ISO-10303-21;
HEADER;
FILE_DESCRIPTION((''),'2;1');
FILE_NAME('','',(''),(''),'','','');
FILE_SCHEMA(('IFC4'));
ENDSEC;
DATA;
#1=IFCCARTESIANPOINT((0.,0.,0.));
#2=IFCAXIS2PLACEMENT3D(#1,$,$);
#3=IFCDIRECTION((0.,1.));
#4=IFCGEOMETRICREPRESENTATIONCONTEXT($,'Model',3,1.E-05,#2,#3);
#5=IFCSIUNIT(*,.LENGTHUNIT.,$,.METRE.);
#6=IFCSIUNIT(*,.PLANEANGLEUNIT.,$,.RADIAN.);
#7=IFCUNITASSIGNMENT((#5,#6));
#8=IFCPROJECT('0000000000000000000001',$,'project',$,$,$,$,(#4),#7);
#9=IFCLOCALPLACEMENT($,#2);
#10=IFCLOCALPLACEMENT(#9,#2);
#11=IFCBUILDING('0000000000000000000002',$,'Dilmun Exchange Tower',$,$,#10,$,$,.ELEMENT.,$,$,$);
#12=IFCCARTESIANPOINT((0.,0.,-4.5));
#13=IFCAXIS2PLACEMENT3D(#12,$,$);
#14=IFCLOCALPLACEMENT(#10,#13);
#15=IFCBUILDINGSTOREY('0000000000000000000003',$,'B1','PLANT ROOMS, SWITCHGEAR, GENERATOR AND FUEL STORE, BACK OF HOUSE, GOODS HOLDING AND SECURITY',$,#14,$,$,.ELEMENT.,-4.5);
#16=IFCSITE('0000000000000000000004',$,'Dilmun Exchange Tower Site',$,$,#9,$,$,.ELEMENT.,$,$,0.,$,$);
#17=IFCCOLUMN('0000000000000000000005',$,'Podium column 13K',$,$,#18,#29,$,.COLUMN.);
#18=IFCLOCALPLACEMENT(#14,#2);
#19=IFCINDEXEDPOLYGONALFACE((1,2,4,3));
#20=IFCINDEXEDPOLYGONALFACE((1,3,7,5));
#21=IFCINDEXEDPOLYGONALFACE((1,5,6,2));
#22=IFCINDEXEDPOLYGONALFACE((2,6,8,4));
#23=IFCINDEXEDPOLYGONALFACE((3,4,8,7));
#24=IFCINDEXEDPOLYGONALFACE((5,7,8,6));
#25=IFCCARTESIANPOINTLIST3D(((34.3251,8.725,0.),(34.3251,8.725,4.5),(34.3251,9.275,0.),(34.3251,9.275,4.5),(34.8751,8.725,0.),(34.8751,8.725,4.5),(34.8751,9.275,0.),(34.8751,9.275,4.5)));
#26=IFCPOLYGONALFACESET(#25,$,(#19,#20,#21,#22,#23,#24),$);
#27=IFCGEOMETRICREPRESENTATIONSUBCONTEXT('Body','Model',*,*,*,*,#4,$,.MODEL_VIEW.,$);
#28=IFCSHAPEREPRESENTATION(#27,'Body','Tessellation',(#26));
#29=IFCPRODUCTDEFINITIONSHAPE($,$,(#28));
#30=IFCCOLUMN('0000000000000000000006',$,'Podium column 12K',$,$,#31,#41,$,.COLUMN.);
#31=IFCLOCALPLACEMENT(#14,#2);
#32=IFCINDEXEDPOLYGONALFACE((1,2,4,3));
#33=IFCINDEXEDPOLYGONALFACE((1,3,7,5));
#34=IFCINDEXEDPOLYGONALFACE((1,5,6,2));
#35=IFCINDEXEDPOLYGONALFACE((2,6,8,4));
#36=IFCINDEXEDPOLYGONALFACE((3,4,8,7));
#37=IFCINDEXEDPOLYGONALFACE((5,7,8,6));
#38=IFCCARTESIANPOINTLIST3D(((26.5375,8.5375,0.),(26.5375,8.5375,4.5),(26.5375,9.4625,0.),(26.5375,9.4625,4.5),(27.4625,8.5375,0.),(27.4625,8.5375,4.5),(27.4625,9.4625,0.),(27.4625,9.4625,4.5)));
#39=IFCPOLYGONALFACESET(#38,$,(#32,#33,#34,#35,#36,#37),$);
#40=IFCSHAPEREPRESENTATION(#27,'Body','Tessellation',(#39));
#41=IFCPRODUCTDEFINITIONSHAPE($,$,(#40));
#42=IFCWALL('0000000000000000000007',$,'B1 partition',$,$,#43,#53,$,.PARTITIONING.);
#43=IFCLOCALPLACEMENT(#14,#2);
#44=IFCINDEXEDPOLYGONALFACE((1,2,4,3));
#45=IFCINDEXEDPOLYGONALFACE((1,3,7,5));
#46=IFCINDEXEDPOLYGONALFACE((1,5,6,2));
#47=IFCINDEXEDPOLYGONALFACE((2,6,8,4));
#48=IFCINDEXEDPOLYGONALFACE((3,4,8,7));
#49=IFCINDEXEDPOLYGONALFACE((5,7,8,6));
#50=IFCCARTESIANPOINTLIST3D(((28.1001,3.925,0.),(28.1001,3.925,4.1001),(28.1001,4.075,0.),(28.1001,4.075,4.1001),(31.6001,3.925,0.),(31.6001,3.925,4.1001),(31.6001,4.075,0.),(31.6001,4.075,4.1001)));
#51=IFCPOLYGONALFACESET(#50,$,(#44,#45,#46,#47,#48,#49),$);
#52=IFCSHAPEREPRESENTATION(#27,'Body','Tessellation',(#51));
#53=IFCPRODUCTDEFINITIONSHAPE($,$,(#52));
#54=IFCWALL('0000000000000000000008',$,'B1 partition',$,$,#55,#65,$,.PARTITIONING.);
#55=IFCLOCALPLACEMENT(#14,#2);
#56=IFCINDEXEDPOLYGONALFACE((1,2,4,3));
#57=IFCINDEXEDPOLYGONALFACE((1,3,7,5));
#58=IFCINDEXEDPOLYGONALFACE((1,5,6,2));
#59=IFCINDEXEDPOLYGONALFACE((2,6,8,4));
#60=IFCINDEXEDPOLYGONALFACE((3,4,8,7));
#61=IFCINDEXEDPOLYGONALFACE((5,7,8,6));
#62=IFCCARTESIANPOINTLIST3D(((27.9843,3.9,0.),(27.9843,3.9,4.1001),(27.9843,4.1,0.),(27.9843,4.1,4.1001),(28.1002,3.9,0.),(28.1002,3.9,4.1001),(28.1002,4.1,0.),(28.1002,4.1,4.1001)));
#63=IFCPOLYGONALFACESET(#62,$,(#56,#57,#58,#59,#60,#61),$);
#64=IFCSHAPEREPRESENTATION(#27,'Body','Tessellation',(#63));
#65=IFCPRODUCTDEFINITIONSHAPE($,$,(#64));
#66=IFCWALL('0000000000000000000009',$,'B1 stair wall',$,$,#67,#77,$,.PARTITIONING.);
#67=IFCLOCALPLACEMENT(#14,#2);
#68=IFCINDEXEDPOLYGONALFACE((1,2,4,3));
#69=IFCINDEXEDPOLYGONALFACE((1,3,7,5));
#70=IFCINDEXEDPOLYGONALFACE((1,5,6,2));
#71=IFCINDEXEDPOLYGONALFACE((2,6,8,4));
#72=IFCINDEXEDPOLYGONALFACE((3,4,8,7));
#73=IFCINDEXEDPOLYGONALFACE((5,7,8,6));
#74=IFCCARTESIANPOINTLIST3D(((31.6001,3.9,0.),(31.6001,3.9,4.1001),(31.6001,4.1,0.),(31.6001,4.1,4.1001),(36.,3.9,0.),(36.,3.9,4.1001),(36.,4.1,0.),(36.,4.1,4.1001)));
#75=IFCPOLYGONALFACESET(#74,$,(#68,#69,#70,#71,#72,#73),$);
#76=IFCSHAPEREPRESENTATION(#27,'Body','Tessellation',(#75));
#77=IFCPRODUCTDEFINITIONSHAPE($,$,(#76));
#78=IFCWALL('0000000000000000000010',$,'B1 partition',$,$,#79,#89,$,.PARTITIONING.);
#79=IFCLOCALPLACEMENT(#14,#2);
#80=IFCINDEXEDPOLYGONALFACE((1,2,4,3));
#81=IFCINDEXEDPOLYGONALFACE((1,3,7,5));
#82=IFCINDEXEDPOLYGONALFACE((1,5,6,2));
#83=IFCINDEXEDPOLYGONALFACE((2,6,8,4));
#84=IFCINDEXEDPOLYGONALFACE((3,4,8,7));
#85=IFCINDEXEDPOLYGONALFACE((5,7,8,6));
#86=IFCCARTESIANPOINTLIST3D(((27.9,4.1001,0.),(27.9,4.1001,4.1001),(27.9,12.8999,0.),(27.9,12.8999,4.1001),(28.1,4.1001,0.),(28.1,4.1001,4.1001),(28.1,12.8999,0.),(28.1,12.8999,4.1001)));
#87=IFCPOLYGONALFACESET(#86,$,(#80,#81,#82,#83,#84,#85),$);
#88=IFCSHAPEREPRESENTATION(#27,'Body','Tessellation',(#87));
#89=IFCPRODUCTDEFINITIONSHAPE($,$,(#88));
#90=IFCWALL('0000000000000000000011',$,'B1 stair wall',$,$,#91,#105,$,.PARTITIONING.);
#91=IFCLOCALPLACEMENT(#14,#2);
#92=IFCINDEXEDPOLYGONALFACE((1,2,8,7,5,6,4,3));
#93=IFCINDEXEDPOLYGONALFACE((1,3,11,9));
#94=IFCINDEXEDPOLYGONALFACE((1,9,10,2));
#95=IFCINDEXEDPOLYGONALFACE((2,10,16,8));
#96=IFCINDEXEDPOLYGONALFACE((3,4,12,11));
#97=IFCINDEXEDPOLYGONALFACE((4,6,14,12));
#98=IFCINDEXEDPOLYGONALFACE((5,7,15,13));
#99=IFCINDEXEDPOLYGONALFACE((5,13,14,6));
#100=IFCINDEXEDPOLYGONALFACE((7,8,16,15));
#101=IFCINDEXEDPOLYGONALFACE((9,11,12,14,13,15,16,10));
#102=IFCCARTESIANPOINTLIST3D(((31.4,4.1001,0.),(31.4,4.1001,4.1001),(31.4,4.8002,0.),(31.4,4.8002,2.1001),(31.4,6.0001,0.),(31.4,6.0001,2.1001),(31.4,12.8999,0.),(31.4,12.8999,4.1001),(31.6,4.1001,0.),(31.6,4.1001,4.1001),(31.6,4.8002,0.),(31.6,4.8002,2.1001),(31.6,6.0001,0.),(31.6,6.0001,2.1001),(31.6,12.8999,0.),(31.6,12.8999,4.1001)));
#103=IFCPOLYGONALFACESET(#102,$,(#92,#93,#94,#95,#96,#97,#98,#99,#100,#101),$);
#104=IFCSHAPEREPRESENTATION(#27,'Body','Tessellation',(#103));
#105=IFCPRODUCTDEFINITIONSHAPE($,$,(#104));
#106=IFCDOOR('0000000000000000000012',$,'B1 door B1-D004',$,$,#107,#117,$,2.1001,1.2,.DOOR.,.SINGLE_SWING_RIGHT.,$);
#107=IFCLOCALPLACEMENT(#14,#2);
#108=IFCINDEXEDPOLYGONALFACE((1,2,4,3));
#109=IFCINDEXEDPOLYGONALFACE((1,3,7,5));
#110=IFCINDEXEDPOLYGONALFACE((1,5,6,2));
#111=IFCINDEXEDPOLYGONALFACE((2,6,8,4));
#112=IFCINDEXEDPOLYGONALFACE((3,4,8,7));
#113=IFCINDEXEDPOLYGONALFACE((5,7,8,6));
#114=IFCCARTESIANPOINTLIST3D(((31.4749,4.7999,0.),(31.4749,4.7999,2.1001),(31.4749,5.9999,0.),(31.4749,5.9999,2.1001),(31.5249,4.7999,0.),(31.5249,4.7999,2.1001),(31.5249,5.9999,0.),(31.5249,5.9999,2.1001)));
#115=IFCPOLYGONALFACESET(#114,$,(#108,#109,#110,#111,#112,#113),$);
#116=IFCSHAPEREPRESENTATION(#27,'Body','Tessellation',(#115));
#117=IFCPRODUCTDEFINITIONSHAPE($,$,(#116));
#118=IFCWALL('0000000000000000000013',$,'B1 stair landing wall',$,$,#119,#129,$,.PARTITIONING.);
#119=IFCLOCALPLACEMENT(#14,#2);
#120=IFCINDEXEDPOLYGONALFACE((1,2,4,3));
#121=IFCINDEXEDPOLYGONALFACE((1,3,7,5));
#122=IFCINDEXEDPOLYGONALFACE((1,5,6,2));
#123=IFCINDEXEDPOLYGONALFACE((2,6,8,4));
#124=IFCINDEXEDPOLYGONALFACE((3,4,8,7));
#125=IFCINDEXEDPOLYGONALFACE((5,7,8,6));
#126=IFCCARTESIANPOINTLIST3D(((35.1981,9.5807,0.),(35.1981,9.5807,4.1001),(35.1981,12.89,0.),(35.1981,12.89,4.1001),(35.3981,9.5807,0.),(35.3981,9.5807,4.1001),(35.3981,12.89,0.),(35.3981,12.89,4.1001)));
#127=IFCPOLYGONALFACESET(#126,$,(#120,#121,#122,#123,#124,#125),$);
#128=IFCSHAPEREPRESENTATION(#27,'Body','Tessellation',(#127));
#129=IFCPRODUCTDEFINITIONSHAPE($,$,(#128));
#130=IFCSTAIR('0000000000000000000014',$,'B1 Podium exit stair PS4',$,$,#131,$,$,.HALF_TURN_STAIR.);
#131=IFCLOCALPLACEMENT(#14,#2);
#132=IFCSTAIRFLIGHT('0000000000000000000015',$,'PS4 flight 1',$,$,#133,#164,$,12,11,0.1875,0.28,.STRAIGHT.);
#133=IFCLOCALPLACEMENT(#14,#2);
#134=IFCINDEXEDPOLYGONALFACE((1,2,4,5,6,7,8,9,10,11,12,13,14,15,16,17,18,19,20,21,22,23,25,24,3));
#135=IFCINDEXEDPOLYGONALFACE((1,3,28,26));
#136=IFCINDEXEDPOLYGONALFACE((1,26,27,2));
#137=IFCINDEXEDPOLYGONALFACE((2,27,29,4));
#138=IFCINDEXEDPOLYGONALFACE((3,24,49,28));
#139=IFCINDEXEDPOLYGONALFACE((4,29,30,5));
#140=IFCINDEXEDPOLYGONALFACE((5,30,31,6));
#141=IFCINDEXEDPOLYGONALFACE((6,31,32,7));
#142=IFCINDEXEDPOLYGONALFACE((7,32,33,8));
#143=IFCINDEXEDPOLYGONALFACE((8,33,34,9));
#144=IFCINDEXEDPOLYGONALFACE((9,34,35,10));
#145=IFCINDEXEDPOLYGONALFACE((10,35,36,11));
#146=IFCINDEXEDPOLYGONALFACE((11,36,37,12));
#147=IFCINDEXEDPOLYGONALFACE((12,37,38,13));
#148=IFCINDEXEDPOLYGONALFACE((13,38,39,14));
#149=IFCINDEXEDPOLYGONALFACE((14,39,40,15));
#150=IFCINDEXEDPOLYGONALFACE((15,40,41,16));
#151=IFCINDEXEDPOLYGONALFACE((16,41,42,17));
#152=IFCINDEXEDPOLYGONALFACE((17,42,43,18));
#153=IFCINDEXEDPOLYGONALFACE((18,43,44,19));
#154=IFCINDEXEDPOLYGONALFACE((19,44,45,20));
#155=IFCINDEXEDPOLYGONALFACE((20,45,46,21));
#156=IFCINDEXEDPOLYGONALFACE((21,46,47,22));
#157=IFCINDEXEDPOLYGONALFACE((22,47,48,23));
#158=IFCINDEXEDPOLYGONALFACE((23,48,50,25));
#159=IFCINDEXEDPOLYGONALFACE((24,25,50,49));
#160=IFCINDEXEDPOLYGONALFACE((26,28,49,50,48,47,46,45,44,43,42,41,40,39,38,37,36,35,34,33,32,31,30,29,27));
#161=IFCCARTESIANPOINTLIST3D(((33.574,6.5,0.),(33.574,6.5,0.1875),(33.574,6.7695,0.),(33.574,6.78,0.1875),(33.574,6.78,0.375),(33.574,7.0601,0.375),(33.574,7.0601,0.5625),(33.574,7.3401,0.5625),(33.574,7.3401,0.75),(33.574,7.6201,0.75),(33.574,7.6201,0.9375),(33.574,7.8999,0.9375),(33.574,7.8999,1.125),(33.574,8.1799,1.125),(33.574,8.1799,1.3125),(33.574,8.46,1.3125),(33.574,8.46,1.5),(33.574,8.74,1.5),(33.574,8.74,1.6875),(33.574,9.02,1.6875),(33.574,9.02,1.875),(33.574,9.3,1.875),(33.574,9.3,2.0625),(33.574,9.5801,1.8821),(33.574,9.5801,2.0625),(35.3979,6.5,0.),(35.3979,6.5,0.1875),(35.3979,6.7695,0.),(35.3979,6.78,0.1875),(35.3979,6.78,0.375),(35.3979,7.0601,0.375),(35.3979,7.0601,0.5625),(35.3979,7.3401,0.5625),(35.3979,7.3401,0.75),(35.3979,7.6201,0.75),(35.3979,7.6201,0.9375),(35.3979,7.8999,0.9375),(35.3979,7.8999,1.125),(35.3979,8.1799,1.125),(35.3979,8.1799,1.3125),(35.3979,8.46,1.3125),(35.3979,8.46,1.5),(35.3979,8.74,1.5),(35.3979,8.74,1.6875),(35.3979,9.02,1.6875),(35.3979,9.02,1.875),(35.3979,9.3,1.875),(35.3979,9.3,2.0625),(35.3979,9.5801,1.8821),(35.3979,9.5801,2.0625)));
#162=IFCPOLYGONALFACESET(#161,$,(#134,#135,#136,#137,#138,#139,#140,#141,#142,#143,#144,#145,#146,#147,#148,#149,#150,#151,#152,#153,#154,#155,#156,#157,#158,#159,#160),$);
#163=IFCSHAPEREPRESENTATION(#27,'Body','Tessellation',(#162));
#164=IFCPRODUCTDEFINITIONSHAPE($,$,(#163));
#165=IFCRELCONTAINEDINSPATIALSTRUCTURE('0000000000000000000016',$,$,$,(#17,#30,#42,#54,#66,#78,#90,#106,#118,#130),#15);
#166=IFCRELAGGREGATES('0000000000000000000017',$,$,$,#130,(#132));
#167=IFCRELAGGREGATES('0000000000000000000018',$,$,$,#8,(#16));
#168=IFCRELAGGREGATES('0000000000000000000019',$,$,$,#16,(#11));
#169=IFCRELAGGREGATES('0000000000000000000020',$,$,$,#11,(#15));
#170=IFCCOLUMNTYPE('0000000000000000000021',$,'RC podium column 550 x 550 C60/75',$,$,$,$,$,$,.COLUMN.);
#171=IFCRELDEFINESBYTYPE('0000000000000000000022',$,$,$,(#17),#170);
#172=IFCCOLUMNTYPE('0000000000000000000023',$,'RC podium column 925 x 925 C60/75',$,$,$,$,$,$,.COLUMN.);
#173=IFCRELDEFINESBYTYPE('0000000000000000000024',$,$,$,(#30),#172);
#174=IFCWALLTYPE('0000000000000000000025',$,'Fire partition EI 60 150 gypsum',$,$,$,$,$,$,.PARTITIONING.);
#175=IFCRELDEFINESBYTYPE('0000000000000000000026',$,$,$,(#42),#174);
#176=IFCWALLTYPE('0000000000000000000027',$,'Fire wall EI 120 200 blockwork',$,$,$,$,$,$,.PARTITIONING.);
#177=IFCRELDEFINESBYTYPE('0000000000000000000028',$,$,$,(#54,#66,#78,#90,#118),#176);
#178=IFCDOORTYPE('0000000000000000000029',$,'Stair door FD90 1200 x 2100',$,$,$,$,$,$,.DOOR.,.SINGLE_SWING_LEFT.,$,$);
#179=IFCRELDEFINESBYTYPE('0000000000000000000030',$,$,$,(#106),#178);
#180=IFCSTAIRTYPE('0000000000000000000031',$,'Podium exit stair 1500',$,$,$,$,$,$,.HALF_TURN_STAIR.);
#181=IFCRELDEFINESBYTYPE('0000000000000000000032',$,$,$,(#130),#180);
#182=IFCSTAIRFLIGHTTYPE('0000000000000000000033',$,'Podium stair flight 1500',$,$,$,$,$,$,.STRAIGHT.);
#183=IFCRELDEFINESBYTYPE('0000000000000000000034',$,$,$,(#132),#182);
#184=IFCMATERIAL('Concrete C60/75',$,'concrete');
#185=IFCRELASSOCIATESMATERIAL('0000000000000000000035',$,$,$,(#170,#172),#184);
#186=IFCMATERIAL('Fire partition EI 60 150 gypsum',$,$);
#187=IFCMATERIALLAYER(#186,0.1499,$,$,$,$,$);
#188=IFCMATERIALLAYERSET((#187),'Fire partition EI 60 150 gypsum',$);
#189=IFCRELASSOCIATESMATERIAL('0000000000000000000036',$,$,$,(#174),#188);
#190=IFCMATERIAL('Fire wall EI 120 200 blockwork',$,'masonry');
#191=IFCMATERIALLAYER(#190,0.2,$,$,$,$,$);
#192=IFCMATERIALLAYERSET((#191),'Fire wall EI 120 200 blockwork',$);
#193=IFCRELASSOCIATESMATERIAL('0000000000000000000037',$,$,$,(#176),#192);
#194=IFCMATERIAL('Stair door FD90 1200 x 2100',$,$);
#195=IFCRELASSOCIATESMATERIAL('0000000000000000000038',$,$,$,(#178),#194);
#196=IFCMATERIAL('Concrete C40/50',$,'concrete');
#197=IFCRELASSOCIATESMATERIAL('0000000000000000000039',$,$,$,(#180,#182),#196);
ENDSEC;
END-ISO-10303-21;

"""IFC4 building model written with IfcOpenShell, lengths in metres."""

from ifc_helpers import new_model, si_unit, direction, frame, frame_2d, origin, origin_2d, place, context, subcontext, project, spatial, polyline, rectangle, outline, extrude, material, layer, layer_set, material_profile, profile_set, type_object, element, fill, aggregate, save


model = new_model("IFC4")

# Units and contexts
model_context = context("Model", 3, precision=1e-05, world=origin(), true_north=direction((0.0, 1.0)))
body_context = subcontext(model_context, "Body", "Model", "MODEL_VIEW")
ifc_project = project(units=[si_unit("LENGTHUNIT", "METRE"), si_unit("PLANEANGLEUNIT", "RADIAN")], contexts=[model_context])

# Site, building, storey
site_placement = place(None, origin())
site = spatial("IfcSite", under=ifc_project, at=site_placement, Name="Dilmun Exchange Tower Site", CompositionType="ELEMENT", RefElevation=0.0)
building_placement = place(site_placement, origin())
building = spatial("IfcBuilding", under=site, at=building_placement, Name="Dilmun Exchange Tower", CompositionType="ELEMENT")
storey_placement = place(building_placement, frame((0.0, 0.0, -4.5)))
storey = spatial("IfcBuildingStorey", under=building, at=storey_placement, Name="B1", Description="PLANT ROOMS, SWITCHGEAR, GENERATOR AND FUEL STORE, BACK OF HOUSE, GOODS HOLDING AND SECURITY", CompositionType="ELEMENT", Elevation=-4.5)

# Columns
ifc_material_1 = material(Name="Concrete C60/75", Category="concrete")
ifc_material_profile_1 = material_profile(ifc_material_1, rectangle(XDim=0.55, YDim=0.55, at=origin_2d()), Name="550 x 550")
ifc_profile_set_1 = profile_set([ifc_material_profile_1], Name="Concrete C60/75")
column_type_1 = type_object("IfcColumnType", Name="RC podium column 550 x 550 C60/75", PredefinedType="COLUMN", material=ifc_profile_set_1)
column_1_placement = place(storey_placement, frame((34.6001, 9.0, 0.0), z_axis=(0.0, 0.0, 1.0), x_axis=(1.0, 0.0, 0.0)))
element("IfcColumn", 1, at=column_1_placement, inside=storey, type_object=column_type_1, Name="Podium column 13K", PredefinedType="COLUMN", context=body_context, shape_type="SweptSolid", body=[
    extrude(rectangle(XDim=0.55, YDim=0.55, at=origin_2d()), origin(), (0.0, 0.0, 1.0), 4.5),
])
ifc_material_profile_2 = material_profile(ifc_material_1, rectangle(XDim=0.925, YDim=0.925, at=origin_2d()), Name="925 x 925")
ifc_profile_set_2 = profile_set([ifc_material_profile_2], Name="Concrete C60/75")
column_type_2 = type_object("IfcColumnType", Name="RC podium column 925 x 925 C60/75", PredefinedType="COLUMN", material=ifc_profile_set_2)
column_2_placement = place(storey_placement, frame((27.0, 9.0, 0.0), z_axis=(0.0, 0.0, 1.0), x_axis=(1.0, 0.0, 0.0)))
element("IfcColumn", 2, at=column_2_placement, inside=storey, type_object=column_type_2, Name="Podium column 12K", PredefinedType="COLUMN", context=body_context, shape_type="SweptSolid", body=[
    extrude(rectangle(XDim=0.925, YDim=0.925, at=origin_2d()), origin(), (0.0, 0.0, 1.0), 4.5),
])

# Walls
ifc_material_2 = material(Name="Fire partition EI 60 150 gypsum")
ifc_layer_1 = layer(ifc_material_2, 0.1499)
ifc_layer_set_1 = layer_set([ifc_layer_1], Name="Fire partition EI 60 150 gypsum")
wall_type_1 = type_object("IfcWallType", Name="Fire partition EI 60 150 gypsum", PredefinedType="PARTITIONING", material=ifc_layer_set_1)
wall_1_placement = place(storey_placement, frame((28.1001, 4.0, 0.0), z_axis=(0.0, 0.0, 1.0), x_axis=(1.0, 0.0, 0.0)))
element("IfcWall", 3, at=wall_1_placement, inside=storey, type_object=wall_type_1, Name="B1 partition", PredefinedType="PARTITIONING", context=body_context, shape_type="SweptSolid", body=[
    extrude(rectangle(XDim=3.5, YDim=0.1499, at=frame_2d((1.75, 0.0))), origin(), (0.0, 0.0, 1.0), 4.1001),
])
ifc_material_3 = material(Name="Fire wall EI 120 200 blockwork", Category="masonry")
ifc_layer_2 = layer(ifc_material_3, 0.2)
ifc_layer_set_2 = layer_set([ifc_layer_2], Name="Fire wall EI 120 200 blockwork")
wall_type_2 = type_object("IfcWallType", Name="Fire wall EI 120 200 blockwork", PredefinedType="PARTITIONING", material=ifc_layer_set_2)
wall_2_placement = place(storey_placement, frame((27.9841, 4.0, 0.0), z_axis=(0.0, 0.0, 1.0), x_axis=(1.0, 0.0, 0.0)))
element("IfcWall", 4, at=wall_2_placement, inside=storey, type_object=wall_type_2, Name="B1 partition", PredefinedType="PARTITIONING", context=body_context, shape_type="SweptSolid", body=[
    extrude(rectangle(XDim=0.116, YDim=0.2, at=frame_2d((0.0581, 0.0))), origin(), (0.0, 0.0, 1.0), 4.1001),
])
wall_3_placement = place(storey_placement, frame((31.6001, 4.0, 0.0), z_axis=(0.0, 0.0, 1.0), x_axis=(1.0, 0.0, 0.0)))
element("IfcWall", 5, at=wall_3_placement, inside=storey, type_object=wall_type_2, Name="B1 stair wall", PredefinedType="PARTITIONING", context=body_context, shape_type="SweptSolid", body=[
    extrude(rectangle(XDim=4.3999, YDim=0.2, at=frame_2d((2.2, 0.0))), origin(), (0.0, 0.0, 1.0), 4.1001),
])
wall_4_placement = place(storey_placement, frame((28.0, 4.1001, 0.0), z_axis=(0.0, 0.0, 1.0), x_axis=(0.0, 1.0, 0.0)))
element("IfcWall", 6, at=wall_4_placement, inside=storey, type_object=wall_type_2, Name="B1 partition", PredefinedType="PARTITIONING", context=body_context, shape_type="SweptSolid", body=[
    extrude(rectangle(XDim=8.7998, YDim=0.2, at=frame_2d((4.3999, 0.0))), origin(), (0.0, 0.0, 1.0), 4.1001),
])

# Wall, opening, door
wall_5_placement = place(storey_placement, frame((31.5, 4.1001, 0.0), z_axis=(0.0, 0.0, 1.0), x_axis=(0.0, 1.0, 0.0)))
wall_5 = element("IfcWall", 7, at=wall_5_placement, inside=storey, type_object=wall_type_2, Name="B1 stair wall", PredefinedType="PARTITIONING", context=body_context, shape_type="SweptSolid", body=[
    extrude(rectangle(XDim=8.7998, YDim=0.2, at=frame_2d((4.3999, 0.0))), origin(), (0.0, 0.0, 1.0), 4.1001),
])
opening_placement = place(wall_5_placement, frame((0.7, 0.0, 0.0)))
opening = element("IfcOpeningElement", 8, at=opening_placement, cuts=wall_5, PredefinedType="OPENING", context=body_context, shape_type="SweptSolid", body=[
    extrude(rectangle(XDim=1.2, YDim=2.1001, at=frame_2d((0.6001, 1.05))), frame((0.0, 0.1099, 0.0), z_axis=(0.0, -1.0, 0.0), x_axis=(1.0, 0.0, 0.0)), (0.0, 0.0, 1.0), 0.22),
])
ifc_material_4 = material(Name="Stair door FD90 1200 x 2100")
door_type = type_object("IfcDoorType", Name="Stair door FD90 1200 x 2100", OperationType="SINGLE_SWING_LEFT", PredefinedType="DOOR", material=ifc_material_4)
door_placement = place(opening_placement, frame((1.2, 0.0, 0.0), z_axis=(0.0, 0.0, 1.0), x_axis=(-1.0, 0.0, 0.0)))
door = element("IfcDoor", 9, at=door_placement, inside=storey, type_object=door_type, Name="B1 door B1-D004", OperationType="SINGLE_SWING_RIGHT", OverallHeight=2.1001, OverallWidth=1.2, PredefinedType="DOOR", context=body_context, shape_type="SweptSolid", body=[
    extrude(rectangle(XDim=1.2, YDim=2.1001, at=frame_2d((0.6001, 1.05))), frame((0.0, 0.0249, 0.0), z_axis=(0.0, -1.0, 0.0), x_axis=(1.0, 0.0, 0.0)), (0.0, 0.0, 1.0), 0.05),
])
fill(opening, door)

# Wall
wall_6_placement = place(storey_placement, frame((35.2981, 9.5806, 0.0), z_axis=(0.0, 0.0, 1.0), x_axis=(0.0, 1.0, 0.0)))
element("IfcWall", 10, at=wall_6_placement, inside=storey, type_object=wall_type_2, Name="B1 stair landing wall", PredefinedType="PARTITIONING", context=body_context, shape_type="SweptSolid", body=[
    extrude(rectangle(XDim=3.3093, YDim=0.2, at=frame_2d((1.6548, 0.0))), origin(), (0.0, 0.0, 1.0), 4.1001),
])

# Stair, stair flight
ifc_material_5 = material(Name="Concrete C40/50", Category="concrete")
stair_type = type_object("IfcStairType", Name="Podium exit stair 1500", PredefinedType="HALF_TURN_STAIR", material=ifc_material_5)
stair_placement = place(storey_placement, origin())
stair = element("IfcStair", 11, at=stair_placement, inside=storey, type_object=stair_type, Name="B1 Podium exit stair PS4", PredefinedType="HALF_TURN_STAIR")
stair_flight_type = type_object("IfcStairFlightType", Name="Podium stair flight 1500", PredefinedType="STRAIGHT", material=ifc_material_5)
stair_flight_1_placement = place(storey_placement, frame((34.4861, 6.5, 0.0), z_axis=(0.0, 0.0, 1.0), x_axis=(0.0, 1.0, 0.0)))
stair_flight_1 = element("IfcStairFlight", 12, at=stair_flight_1_placement, type_object=stair_flight_type, Name="PS4 flight 1", NumberOfRisers=12, NumberOfTreads=11, PredefinedType="STRAIGHT", RiserHeight=0.1875, TreadLength=0.28, context=body_context, shape_type="SweptSolid", body=[
    extrude(outline(polyline([(0.0, 0.0), (0.0, 0.1875), (0.28, 0.1875), (0.28, 0.375), (0.5601, 0.375), (0.5601, 0.5625), (0.8401, 0.5625), (0.8401, 0.75), (1.1201, 0.75), (1.1201, 0.9375), (1.3999, 0.9375), (1.3999, 1.125), (1.6799, 1.125), (1.6799, 1.3125), (1.96, 1.3125), (1.96, 1.5), (2.24, 1.5), (2.24, 1.6875), (2.52, 1.6875), (2.52, 1.875), (2.8, 1.875), (2.8, 2.0625), (3.0801, 2.0625), (3.0801, 2.25), (3.0801, 1.8821), (0.2695, 0.0), (0.0, 0.0)])), frame((0.0, 0.9121, 0.0), z_axis=(0.0, -1.0, 0.0), x_axis=(1.0, 0.0, 0.0)), (0.0, 0.0, 1.0), 1.824),
])
aggregate(stair, [stair_flight_1])

save(model, "model.ifc")
